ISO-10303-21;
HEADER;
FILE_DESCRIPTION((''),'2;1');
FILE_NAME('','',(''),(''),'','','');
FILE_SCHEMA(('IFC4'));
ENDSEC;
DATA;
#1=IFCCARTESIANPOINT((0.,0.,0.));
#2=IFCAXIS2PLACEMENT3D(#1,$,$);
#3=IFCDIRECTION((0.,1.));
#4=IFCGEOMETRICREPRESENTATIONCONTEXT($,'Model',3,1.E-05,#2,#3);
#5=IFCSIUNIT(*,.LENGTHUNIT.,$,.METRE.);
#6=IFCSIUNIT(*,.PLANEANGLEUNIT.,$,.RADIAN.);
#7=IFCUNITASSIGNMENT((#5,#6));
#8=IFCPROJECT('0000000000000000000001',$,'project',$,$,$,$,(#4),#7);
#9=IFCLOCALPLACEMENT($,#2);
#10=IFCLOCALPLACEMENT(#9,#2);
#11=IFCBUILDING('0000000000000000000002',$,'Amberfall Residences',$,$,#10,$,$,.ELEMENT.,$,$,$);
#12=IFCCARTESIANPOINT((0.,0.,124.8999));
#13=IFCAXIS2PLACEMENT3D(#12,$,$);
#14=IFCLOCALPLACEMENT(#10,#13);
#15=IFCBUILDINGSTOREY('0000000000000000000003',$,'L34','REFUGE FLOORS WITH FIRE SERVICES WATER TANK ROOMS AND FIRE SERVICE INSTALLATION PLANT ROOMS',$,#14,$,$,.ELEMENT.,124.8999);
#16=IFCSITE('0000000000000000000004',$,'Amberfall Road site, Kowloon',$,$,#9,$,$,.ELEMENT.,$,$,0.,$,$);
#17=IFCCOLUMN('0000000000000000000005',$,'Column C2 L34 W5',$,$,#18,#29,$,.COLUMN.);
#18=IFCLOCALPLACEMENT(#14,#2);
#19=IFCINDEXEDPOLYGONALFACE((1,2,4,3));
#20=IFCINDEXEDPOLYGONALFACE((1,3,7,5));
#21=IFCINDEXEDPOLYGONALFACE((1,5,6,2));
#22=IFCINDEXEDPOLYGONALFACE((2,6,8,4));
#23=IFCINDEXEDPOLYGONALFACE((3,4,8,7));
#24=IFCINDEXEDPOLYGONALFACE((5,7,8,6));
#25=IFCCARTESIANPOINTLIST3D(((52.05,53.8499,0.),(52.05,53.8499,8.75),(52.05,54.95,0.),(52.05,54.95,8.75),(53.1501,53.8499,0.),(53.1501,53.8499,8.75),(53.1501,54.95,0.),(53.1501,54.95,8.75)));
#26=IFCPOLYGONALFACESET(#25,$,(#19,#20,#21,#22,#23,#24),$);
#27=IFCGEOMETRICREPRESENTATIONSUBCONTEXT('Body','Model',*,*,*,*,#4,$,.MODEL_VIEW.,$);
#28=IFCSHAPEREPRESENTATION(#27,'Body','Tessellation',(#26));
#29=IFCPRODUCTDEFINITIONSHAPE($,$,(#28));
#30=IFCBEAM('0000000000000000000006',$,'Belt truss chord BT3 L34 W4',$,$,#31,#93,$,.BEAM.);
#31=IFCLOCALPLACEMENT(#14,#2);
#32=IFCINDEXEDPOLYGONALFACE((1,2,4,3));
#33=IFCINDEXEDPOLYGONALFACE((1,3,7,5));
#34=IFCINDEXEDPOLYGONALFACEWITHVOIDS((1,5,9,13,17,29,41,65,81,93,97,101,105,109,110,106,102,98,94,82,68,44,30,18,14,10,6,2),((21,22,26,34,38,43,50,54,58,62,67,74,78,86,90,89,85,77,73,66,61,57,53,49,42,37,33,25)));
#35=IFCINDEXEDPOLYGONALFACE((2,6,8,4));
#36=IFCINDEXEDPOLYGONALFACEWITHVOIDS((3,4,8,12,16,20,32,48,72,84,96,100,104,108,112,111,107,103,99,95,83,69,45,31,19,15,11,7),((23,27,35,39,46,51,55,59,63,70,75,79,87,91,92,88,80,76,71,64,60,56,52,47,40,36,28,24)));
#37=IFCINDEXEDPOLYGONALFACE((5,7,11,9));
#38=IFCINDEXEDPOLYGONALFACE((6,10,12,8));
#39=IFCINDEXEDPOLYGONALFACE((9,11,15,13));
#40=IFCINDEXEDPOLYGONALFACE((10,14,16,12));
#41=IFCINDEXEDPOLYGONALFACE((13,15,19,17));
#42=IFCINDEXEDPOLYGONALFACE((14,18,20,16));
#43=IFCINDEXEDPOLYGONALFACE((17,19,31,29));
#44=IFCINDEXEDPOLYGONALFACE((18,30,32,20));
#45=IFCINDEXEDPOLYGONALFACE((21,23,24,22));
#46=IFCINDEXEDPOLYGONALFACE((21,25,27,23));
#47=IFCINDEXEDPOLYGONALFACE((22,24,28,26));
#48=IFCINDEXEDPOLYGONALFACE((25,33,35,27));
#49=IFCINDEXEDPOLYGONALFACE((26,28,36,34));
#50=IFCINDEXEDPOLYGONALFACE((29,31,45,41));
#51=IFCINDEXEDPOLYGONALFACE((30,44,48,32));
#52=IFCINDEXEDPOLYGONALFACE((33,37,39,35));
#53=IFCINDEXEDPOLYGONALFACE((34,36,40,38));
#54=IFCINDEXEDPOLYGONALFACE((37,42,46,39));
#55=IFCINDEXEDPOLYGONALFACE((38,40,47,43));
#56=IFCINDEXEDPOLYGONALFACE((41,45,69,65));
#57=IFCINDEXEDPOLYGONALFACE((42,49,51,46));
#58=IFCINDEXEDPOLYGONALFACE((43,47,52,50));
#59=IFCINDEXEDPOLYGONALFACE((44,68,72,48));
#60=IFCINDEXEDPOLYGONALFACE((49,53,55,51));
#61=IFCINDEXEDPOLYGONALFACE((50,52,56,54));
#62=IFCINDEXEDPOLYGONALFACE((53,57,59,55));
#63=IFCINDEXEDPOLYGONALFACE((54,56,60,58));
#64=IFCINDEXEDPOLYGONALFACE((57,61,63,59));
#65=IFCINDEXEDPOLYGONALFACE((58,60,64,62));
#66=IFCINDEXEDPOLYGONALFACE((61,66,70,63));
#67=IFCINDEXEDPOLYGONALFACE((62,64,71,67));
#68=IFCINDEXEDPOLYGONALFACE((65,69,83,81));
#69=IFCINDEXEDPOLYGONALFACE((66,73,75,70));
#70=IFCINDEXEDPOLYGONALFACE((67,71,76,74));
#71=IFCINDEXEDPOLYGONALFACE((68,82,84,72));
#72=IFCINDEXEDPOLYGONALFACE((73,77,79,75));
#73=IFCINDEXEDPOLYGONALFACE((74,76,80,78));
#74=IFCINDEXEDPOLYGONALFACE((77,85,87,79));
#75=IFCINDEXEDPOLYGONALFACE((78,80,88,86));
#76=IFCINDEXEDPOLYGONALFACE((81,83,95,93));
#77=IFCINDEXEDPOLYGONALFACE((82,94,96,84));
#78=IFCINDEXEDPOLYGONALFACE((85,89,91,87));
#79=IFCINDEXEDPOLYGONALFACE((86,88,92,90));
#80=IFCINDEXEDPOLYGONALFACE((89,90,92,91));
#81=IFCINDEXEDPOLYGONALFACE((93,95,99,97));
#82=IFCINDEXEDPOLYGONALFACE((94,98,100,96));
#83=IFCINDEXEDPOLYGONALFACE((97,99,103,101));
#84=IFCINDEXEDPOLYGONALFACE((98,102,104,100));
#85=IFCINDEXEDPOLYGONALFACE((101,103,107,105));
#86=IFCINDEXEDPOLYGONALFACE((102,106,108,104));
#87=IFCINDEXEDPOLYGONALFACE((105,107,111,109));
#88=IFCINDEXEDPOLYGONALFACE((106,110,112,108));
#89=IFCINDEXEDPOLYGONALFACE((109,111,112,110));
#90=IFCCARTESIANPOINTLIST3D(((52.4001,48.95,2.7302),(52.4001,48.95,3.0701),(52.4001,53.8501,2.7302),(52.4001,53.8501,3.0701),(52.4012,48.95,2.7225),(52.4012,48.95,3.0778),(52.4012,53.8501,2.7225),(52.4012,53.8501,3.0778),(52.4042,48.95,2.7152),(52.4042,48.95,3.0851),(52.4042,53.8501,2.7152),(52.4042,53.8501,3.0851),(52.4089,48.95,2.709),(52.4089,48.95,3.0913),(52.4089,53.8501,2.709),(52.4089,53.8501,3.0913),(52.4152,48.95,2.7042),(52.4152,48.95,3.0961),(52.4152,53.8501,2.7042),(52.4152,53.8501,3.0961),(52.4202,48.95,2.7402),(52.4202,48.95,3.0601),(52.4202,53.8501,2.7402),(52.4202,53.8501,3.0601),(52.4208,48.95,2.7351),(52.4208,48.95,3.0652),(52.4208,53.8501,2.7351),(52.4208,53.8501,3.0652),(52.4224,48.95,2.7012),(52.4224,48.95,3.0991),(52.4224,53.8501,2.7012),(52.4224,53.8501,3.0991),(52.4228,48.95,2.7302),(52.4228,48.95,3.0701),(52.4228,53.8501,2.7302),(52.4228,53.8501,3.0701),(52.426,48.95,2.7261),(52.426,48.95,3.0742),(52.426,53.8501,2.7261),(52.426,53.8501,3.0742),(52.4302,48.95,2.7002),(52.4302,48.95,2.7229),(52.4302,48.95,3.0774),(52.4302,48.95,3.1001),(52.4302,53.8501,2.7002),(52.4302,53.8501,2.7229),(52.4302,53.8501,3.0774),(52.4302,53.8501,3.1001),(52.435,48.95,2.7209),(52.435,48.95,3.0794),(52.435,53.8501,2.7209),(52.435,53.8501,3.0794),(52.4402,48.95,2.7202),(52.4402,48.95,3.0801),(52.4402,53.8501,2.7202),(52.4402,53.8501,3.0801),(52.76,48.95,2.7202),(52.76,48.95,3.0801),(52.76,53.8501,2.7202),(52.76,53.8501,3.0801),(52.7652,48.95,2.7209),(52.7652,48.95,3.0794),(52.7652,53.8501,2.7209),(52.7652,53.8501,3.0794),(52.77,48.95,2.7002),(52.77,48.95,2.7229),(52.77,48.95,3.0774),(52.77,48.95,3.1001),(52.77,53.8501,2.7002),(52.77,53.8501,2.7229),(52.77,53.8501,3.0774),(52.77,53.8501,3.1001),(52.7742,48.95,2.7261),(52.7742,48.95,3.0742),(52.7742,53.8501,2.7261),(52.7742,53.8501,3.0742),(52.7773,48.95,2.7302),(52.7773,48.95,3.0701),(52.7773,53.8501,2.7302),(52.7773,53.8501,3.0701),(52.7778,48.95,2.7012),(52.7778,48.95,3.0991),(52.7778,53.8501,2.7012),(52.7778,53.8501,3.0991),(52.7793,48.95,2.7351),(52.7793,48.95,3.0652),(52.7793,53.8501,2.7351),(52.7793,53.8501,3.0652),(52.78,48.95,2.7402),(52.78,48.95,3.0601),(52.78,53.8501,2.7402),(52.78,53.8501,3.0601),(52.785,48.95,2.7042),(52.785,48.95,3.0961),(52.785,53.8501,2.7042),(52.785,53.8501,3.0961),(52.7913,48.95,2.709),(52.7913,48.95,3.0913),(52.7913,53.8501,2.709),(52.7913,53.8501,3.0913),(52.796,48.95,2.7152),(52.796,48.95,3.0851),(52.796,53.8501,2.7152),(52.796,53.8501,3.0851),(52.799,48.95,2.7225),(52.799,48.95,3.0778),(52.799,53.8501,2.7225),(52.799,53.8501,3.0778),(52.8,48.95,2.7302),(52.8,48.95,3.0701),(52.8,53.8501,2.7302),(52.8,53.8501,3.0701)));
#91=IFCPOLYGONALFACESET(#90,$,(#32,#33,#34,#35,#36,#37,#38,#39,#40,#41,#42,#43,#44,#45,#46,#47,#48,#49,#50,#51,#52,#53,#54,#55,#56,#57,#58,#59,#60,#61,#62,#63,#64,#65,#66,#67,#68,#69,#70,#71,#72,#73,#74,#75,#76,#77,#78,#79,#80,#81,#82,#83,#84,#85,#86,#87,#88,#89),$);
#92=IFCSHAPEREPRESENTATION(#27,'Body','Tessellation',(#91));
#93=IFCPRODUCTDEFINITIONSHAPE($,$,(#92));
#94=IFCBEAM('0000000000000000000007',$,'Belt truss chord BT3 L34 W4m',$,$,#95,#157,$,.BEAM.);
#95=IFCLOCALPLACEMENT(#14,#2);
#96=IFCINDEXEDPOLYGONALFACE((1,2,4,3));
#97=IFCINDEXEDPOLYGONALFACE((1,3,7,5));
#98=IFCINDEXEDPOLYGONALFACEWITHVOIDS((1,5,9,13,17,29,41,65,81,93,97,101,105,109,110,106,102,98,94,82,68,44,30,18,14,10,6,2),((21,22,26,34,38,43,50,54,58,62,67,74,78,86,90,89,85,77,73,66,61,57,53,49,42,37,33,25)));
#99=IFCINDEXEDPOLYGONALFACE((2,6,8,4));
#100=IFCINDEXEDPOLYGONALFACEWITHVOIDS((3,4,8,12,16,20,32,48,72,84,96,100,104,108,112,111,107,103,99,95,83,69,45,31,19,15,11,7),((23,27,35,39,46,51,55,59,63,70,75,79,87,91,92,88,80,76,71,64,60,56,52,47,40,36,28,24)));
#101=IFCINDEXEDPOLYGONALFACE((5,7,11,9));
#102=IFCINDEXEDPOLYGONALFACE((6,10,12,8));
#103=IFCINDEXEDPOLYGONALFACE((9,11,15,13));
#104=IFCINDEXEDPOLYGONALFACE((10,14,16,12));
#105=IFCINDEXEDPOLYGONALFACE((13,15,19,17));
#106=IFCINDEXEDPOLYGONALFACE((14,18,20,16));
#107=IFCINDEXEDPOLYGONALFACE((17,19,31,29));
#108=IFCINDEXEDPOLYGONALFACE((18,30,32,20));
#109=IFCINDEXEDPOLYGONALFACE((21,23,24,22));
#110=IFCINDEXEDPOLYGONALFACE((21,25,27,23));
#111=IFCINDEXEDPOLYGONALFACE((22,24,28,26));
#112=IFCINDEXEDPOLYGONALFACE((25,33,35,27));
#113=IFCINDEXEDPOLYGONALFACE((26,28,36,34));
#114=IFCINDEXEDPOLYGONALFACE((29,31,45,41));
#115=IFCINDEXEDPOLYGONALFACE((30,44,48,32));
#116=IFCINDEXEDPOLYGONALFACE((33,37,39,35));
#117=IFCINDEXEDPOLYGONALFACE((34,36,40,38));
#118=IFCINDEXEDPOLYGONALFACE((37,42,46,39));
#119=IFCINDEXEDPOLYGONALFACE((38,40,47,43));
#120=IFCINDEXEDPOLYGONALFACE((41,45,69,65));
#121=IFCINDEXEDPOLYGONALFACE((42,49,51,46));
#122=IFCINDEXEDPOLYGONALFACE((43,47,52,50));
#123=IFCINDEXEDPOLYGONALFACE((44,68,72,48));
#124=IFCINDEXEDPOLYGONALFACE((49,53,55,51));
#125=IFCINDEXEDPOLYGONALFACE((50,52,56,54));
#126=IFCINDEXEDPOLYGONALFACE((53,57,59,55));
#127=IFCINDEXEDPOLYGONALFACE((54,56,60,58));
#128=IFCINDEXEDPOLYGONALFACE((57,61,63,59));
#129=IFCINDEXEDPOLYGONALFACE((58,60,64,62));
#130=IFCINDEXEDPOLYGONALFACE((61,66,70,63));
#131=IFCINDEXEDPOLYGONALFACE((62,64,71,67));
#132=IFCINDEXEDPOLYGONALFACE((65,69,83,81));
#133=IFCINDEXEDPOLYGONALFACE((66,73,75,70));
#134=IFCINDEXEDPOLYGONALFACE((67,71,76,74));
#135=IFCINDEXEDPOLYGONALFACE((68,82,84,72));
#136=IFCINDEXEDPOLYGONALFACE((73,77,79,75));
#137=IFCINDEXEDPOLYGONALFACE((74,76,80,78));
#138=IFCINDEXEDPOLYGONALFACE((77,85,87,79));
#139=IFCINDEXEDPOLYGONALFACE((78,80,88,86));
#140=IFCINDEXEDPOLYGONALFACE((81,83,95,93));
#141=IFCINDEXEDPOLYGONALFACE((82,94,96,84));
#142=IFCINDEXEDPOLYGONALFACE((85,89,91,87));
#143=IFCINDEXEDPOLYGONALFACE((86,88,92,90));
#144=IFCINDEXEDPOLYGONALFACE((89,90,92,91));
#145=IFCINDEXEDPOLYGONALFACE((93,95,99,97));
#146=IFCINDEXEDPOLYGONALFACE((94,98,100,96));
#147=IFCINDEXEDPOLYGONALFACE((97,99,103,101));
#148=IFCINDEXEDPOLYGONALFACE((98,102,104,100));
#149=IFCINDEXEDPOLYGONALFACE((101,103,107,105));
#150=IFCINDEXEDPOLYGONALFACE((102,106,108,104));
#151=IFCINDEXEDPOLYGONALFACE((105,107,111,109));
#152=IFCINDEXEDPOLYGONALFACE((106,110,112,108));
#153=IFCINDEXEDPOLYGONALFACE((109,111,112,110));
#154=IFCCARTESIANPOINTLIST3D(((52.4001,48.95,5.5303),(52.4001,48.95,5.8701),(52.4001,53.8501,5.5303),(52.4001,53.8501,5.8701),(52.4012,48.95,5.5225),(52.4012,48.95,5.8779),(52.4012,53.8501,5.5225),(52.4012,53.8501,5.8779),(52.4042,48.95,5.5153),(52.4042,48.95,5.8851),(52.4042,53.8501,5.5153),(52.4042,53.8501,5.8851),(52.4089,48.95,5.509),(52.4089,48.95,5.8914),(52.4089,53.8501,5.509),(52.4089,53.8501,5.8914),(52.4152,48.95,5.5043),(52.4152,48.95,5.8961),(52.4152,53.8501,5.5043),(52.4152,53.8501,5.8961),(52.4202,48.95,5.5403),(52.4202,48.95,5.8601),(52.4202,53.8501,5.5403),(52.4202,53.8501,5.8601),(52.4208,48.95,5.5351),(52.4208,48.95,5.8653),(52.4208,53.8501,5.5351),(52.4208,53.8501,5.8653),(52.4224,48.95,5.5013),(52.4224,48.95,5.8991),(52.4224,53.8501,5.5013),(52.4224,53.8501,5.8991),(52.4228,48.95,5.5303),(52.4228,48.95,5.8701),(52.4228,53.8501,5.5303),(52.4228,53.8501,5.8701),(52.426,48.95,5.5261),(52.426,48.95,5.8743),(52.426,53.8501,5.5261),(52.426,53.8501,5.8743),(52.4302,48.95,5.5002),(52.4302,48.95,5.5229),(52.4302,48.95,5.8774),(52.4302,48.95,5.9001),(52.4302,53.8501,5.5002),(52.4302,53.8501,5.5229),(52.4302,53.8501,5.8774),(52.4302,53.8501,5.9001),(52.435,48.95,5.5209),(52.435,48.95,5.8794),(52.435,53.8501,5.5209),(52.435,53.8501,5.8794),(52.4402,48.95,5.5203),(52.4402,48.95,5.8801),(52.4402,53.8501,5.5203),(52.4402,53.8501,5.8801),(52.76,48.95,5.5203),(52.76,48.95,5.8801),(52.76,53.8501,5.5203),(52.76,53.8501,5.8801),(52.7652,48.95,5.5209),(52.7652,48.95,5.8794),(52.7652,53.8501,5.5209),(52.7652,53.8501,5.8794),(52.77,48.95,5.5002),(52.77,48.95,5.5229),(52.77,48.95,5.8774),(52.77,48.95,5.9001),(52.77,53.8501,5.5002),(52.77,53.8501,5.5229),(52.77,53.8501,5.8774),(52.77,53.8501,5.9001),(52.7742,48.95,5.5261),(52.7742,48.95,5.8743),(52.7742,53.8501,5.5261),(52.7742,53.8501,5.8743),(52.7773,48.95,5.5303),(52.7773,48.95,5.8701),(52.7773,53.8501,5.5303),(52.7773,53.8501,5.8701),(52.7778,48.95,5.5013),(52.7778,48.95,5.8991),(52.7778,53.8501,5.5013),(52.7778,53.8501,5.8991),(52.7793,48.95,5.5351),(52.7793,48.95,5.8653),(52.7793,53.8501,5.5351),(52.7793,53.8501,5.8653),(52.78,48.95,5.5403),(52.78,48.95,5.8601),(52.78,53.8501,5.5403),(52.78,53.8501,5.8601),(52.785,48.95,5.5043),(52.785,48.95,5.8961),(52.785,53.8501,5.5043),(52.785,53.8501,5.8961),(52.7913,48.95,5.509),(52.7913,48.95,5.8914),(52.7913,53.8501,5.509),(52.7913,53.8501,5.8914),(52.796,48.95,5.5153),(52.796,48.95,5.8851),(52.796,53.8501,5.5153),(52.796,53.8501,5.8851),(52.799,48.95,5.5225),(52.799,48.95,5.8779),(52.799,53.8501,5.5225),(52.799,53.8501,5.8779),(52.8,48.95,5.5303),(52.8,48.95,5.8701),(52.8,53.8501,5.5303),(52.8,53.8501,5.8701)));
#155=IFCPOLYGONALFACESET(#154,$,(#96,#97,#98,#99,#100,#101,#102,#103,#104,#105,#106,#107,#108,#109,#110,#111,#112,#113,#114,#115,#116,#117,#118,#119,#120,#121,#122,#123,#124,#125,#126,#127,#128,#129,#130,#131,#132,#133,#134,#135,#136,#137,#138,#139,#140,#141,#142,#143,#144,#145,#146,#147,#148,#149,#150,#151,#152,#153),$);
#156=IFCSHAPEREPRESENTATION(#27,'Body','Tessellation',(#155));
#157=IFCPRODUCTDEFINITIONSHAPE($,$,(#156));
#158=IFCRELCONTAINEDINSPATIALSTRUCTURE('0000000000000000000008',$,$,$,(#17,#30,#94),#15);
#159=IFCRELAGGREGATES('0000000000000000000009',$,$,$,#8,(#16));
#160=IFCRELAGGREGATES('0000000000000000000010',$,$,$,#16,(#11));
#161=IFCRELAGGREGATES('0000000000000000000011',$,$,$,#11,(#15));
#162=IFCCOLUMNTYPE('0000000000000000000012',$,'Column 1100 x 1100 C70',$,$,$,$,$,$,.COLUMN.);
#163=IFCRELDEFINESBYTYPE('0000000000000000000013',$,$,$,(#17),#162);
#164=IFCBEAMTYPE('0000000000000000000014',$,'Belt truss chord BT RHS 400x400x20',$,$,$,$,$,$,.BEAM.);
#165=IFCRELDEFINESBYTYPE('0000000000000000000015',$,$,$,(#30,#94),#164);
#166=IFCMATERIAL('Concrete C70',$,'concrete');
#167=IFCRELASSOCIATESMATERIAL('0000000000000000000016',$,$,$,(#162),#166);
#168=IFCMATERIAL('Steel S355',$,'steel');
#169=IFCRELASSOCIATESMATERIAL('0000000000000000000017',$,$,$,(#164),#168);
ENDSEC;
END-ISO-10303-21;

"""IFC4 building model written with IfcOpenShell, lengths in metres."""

from ifc_helpers import new_model, si_unit, direction, frame, origin, origin_2d, place, context, subcontext, project, spatial, rectangle, hollow_rectangle, extrude, material, material_profile, profile_set, type_object, element, save


model = new_model("IFC4")

# Units and contexts
model_context = context("Model", 3, precision=1e-05, world=origin(), true_north=direction((0.0, 1.0)))
body_context = subcontext(model_context, "Body", "Model", "MODEL_VIEW")
ifc_project = project(units=[si_unit("LENGTHUNIT", "METRE"), si_unit("PLANEANGLEUNIT", "RADIAN")], contexts=[model_context])

# Site, building, storey
site_placement = place(None, origin())
site = spatial("IfcSite", under=ifc_project, at=site_placement, Name="Amberfall Road site, Kowloon", CompositionType="ELEMENT", RefElevation=0.0)
building_placement = place(site_placement, origin())
building = spatial("IfcBuilding", under=site, at=building_placement, Name="Amberfall Residences", CompositionType="ELEMENT")
storey_placement = place(building_placement, frame((0.0, 0.0, 124.8999)))
storey = spatial("IfcBuildingStorey", under=building, at=storey_placement, Name="L34", Description="REFUGE FLOORS WITH FIRE SERVICES WATER TANK ROOMS AND FIRE SERVICE INSTALLATION PLANT ROOMS", CompositionType="ELEMENT", Elevation=124.8999)

# Column
ifc_material_1 = material(Name="Concrete C70", Category="concrete")
ifc_material_profile_1 = material_profile(ifc_material_1, rectangle(XDim=1.1001, YDim=1.1001, at=origin_2d()), Name="Column 1100 x 1100 C70")
ifc_profile_set_1 = profile_set([ifc_material_profile_1], Name="Concrete C70")
column_type = type_object("IfcColumnType", Name="Column 1100 x 1100 C70", PredefinedType="COLUMN", material=ifc_profile_set_1)
column_placement = place(storey_placement, frame((52.6001, 54.3999, 0.0), z_axis=(0.0, 0.0, 1.0), x_axis=(1.0, 0.0, 0.0)))
element("IfcColumn", 1, at=column_placement, inside=storey, type_object=column_type, Name="Column C2 L34 W5", PredefinedType="COLUMN", context=body_context, shape_type="SweptSolid", body=[
    extrude(rectangle(XDim=1.1001, YDim=1.1001, at=origin_2d()), origin(), (0.0, 0.0, 1.0), 8.75),
])

# Beams
ifc_material_2 = material(Name="Steel S355", Category="steel")
ifc_material_profile_2 = material_profile(ifc_material_2, hollow_rectangle(XDim=0.3999, YDim=0.3999, WallThickness=0.02, InnerFilletRadius=0.02, OuterFilletRadius=0.03, at=origin_2d()), Name="RHS 400x400x20")
ifc_profile_set_2 = profile_set([ifc_material_profile_2], Name="Steel S355")
beam_type_1 = type_object("IfcBeamType", Name="Belt truss chord BT RHS 400x400x20", PredefinedType="BEAM", material=ifc_profile_set_2)
for number, where, z_axis, x_axis, name in (
    (2, (52.6001, 48.95, 2.9001), (0.0, 1.0, 0.0), (-1.0, 0.0, 0.0), "Belt truss chord BT3 L34 W4"),
    (3, (52.6001, 48.95, 5.7002), (0.0, 1.0, 0.0), (-1.0, 0.0, 0.0), "Belt truss chord BT3 L34 W4m"),
):
    element("IfcBeam", number, at=place(storey_placement, frame(where, z_axis=z_axis, x_axis=x_axis)), inside=storey, type_object=beam_type_1, Name=name, PredefinedType="BEAM", context=body_context, shape_type="SweptSolid", body=[
        extrude(hollow_rectangle(XDim=0.3999, YDim=0.3999, WallThickness=0.02, InnerFilletRadius=0.02, OuterFilletRadius=0.03, at=origin_2d()), origin(), (0.0, 0.0, 1.0), 4.9001),
    ])

save(model, "model.ifc")
